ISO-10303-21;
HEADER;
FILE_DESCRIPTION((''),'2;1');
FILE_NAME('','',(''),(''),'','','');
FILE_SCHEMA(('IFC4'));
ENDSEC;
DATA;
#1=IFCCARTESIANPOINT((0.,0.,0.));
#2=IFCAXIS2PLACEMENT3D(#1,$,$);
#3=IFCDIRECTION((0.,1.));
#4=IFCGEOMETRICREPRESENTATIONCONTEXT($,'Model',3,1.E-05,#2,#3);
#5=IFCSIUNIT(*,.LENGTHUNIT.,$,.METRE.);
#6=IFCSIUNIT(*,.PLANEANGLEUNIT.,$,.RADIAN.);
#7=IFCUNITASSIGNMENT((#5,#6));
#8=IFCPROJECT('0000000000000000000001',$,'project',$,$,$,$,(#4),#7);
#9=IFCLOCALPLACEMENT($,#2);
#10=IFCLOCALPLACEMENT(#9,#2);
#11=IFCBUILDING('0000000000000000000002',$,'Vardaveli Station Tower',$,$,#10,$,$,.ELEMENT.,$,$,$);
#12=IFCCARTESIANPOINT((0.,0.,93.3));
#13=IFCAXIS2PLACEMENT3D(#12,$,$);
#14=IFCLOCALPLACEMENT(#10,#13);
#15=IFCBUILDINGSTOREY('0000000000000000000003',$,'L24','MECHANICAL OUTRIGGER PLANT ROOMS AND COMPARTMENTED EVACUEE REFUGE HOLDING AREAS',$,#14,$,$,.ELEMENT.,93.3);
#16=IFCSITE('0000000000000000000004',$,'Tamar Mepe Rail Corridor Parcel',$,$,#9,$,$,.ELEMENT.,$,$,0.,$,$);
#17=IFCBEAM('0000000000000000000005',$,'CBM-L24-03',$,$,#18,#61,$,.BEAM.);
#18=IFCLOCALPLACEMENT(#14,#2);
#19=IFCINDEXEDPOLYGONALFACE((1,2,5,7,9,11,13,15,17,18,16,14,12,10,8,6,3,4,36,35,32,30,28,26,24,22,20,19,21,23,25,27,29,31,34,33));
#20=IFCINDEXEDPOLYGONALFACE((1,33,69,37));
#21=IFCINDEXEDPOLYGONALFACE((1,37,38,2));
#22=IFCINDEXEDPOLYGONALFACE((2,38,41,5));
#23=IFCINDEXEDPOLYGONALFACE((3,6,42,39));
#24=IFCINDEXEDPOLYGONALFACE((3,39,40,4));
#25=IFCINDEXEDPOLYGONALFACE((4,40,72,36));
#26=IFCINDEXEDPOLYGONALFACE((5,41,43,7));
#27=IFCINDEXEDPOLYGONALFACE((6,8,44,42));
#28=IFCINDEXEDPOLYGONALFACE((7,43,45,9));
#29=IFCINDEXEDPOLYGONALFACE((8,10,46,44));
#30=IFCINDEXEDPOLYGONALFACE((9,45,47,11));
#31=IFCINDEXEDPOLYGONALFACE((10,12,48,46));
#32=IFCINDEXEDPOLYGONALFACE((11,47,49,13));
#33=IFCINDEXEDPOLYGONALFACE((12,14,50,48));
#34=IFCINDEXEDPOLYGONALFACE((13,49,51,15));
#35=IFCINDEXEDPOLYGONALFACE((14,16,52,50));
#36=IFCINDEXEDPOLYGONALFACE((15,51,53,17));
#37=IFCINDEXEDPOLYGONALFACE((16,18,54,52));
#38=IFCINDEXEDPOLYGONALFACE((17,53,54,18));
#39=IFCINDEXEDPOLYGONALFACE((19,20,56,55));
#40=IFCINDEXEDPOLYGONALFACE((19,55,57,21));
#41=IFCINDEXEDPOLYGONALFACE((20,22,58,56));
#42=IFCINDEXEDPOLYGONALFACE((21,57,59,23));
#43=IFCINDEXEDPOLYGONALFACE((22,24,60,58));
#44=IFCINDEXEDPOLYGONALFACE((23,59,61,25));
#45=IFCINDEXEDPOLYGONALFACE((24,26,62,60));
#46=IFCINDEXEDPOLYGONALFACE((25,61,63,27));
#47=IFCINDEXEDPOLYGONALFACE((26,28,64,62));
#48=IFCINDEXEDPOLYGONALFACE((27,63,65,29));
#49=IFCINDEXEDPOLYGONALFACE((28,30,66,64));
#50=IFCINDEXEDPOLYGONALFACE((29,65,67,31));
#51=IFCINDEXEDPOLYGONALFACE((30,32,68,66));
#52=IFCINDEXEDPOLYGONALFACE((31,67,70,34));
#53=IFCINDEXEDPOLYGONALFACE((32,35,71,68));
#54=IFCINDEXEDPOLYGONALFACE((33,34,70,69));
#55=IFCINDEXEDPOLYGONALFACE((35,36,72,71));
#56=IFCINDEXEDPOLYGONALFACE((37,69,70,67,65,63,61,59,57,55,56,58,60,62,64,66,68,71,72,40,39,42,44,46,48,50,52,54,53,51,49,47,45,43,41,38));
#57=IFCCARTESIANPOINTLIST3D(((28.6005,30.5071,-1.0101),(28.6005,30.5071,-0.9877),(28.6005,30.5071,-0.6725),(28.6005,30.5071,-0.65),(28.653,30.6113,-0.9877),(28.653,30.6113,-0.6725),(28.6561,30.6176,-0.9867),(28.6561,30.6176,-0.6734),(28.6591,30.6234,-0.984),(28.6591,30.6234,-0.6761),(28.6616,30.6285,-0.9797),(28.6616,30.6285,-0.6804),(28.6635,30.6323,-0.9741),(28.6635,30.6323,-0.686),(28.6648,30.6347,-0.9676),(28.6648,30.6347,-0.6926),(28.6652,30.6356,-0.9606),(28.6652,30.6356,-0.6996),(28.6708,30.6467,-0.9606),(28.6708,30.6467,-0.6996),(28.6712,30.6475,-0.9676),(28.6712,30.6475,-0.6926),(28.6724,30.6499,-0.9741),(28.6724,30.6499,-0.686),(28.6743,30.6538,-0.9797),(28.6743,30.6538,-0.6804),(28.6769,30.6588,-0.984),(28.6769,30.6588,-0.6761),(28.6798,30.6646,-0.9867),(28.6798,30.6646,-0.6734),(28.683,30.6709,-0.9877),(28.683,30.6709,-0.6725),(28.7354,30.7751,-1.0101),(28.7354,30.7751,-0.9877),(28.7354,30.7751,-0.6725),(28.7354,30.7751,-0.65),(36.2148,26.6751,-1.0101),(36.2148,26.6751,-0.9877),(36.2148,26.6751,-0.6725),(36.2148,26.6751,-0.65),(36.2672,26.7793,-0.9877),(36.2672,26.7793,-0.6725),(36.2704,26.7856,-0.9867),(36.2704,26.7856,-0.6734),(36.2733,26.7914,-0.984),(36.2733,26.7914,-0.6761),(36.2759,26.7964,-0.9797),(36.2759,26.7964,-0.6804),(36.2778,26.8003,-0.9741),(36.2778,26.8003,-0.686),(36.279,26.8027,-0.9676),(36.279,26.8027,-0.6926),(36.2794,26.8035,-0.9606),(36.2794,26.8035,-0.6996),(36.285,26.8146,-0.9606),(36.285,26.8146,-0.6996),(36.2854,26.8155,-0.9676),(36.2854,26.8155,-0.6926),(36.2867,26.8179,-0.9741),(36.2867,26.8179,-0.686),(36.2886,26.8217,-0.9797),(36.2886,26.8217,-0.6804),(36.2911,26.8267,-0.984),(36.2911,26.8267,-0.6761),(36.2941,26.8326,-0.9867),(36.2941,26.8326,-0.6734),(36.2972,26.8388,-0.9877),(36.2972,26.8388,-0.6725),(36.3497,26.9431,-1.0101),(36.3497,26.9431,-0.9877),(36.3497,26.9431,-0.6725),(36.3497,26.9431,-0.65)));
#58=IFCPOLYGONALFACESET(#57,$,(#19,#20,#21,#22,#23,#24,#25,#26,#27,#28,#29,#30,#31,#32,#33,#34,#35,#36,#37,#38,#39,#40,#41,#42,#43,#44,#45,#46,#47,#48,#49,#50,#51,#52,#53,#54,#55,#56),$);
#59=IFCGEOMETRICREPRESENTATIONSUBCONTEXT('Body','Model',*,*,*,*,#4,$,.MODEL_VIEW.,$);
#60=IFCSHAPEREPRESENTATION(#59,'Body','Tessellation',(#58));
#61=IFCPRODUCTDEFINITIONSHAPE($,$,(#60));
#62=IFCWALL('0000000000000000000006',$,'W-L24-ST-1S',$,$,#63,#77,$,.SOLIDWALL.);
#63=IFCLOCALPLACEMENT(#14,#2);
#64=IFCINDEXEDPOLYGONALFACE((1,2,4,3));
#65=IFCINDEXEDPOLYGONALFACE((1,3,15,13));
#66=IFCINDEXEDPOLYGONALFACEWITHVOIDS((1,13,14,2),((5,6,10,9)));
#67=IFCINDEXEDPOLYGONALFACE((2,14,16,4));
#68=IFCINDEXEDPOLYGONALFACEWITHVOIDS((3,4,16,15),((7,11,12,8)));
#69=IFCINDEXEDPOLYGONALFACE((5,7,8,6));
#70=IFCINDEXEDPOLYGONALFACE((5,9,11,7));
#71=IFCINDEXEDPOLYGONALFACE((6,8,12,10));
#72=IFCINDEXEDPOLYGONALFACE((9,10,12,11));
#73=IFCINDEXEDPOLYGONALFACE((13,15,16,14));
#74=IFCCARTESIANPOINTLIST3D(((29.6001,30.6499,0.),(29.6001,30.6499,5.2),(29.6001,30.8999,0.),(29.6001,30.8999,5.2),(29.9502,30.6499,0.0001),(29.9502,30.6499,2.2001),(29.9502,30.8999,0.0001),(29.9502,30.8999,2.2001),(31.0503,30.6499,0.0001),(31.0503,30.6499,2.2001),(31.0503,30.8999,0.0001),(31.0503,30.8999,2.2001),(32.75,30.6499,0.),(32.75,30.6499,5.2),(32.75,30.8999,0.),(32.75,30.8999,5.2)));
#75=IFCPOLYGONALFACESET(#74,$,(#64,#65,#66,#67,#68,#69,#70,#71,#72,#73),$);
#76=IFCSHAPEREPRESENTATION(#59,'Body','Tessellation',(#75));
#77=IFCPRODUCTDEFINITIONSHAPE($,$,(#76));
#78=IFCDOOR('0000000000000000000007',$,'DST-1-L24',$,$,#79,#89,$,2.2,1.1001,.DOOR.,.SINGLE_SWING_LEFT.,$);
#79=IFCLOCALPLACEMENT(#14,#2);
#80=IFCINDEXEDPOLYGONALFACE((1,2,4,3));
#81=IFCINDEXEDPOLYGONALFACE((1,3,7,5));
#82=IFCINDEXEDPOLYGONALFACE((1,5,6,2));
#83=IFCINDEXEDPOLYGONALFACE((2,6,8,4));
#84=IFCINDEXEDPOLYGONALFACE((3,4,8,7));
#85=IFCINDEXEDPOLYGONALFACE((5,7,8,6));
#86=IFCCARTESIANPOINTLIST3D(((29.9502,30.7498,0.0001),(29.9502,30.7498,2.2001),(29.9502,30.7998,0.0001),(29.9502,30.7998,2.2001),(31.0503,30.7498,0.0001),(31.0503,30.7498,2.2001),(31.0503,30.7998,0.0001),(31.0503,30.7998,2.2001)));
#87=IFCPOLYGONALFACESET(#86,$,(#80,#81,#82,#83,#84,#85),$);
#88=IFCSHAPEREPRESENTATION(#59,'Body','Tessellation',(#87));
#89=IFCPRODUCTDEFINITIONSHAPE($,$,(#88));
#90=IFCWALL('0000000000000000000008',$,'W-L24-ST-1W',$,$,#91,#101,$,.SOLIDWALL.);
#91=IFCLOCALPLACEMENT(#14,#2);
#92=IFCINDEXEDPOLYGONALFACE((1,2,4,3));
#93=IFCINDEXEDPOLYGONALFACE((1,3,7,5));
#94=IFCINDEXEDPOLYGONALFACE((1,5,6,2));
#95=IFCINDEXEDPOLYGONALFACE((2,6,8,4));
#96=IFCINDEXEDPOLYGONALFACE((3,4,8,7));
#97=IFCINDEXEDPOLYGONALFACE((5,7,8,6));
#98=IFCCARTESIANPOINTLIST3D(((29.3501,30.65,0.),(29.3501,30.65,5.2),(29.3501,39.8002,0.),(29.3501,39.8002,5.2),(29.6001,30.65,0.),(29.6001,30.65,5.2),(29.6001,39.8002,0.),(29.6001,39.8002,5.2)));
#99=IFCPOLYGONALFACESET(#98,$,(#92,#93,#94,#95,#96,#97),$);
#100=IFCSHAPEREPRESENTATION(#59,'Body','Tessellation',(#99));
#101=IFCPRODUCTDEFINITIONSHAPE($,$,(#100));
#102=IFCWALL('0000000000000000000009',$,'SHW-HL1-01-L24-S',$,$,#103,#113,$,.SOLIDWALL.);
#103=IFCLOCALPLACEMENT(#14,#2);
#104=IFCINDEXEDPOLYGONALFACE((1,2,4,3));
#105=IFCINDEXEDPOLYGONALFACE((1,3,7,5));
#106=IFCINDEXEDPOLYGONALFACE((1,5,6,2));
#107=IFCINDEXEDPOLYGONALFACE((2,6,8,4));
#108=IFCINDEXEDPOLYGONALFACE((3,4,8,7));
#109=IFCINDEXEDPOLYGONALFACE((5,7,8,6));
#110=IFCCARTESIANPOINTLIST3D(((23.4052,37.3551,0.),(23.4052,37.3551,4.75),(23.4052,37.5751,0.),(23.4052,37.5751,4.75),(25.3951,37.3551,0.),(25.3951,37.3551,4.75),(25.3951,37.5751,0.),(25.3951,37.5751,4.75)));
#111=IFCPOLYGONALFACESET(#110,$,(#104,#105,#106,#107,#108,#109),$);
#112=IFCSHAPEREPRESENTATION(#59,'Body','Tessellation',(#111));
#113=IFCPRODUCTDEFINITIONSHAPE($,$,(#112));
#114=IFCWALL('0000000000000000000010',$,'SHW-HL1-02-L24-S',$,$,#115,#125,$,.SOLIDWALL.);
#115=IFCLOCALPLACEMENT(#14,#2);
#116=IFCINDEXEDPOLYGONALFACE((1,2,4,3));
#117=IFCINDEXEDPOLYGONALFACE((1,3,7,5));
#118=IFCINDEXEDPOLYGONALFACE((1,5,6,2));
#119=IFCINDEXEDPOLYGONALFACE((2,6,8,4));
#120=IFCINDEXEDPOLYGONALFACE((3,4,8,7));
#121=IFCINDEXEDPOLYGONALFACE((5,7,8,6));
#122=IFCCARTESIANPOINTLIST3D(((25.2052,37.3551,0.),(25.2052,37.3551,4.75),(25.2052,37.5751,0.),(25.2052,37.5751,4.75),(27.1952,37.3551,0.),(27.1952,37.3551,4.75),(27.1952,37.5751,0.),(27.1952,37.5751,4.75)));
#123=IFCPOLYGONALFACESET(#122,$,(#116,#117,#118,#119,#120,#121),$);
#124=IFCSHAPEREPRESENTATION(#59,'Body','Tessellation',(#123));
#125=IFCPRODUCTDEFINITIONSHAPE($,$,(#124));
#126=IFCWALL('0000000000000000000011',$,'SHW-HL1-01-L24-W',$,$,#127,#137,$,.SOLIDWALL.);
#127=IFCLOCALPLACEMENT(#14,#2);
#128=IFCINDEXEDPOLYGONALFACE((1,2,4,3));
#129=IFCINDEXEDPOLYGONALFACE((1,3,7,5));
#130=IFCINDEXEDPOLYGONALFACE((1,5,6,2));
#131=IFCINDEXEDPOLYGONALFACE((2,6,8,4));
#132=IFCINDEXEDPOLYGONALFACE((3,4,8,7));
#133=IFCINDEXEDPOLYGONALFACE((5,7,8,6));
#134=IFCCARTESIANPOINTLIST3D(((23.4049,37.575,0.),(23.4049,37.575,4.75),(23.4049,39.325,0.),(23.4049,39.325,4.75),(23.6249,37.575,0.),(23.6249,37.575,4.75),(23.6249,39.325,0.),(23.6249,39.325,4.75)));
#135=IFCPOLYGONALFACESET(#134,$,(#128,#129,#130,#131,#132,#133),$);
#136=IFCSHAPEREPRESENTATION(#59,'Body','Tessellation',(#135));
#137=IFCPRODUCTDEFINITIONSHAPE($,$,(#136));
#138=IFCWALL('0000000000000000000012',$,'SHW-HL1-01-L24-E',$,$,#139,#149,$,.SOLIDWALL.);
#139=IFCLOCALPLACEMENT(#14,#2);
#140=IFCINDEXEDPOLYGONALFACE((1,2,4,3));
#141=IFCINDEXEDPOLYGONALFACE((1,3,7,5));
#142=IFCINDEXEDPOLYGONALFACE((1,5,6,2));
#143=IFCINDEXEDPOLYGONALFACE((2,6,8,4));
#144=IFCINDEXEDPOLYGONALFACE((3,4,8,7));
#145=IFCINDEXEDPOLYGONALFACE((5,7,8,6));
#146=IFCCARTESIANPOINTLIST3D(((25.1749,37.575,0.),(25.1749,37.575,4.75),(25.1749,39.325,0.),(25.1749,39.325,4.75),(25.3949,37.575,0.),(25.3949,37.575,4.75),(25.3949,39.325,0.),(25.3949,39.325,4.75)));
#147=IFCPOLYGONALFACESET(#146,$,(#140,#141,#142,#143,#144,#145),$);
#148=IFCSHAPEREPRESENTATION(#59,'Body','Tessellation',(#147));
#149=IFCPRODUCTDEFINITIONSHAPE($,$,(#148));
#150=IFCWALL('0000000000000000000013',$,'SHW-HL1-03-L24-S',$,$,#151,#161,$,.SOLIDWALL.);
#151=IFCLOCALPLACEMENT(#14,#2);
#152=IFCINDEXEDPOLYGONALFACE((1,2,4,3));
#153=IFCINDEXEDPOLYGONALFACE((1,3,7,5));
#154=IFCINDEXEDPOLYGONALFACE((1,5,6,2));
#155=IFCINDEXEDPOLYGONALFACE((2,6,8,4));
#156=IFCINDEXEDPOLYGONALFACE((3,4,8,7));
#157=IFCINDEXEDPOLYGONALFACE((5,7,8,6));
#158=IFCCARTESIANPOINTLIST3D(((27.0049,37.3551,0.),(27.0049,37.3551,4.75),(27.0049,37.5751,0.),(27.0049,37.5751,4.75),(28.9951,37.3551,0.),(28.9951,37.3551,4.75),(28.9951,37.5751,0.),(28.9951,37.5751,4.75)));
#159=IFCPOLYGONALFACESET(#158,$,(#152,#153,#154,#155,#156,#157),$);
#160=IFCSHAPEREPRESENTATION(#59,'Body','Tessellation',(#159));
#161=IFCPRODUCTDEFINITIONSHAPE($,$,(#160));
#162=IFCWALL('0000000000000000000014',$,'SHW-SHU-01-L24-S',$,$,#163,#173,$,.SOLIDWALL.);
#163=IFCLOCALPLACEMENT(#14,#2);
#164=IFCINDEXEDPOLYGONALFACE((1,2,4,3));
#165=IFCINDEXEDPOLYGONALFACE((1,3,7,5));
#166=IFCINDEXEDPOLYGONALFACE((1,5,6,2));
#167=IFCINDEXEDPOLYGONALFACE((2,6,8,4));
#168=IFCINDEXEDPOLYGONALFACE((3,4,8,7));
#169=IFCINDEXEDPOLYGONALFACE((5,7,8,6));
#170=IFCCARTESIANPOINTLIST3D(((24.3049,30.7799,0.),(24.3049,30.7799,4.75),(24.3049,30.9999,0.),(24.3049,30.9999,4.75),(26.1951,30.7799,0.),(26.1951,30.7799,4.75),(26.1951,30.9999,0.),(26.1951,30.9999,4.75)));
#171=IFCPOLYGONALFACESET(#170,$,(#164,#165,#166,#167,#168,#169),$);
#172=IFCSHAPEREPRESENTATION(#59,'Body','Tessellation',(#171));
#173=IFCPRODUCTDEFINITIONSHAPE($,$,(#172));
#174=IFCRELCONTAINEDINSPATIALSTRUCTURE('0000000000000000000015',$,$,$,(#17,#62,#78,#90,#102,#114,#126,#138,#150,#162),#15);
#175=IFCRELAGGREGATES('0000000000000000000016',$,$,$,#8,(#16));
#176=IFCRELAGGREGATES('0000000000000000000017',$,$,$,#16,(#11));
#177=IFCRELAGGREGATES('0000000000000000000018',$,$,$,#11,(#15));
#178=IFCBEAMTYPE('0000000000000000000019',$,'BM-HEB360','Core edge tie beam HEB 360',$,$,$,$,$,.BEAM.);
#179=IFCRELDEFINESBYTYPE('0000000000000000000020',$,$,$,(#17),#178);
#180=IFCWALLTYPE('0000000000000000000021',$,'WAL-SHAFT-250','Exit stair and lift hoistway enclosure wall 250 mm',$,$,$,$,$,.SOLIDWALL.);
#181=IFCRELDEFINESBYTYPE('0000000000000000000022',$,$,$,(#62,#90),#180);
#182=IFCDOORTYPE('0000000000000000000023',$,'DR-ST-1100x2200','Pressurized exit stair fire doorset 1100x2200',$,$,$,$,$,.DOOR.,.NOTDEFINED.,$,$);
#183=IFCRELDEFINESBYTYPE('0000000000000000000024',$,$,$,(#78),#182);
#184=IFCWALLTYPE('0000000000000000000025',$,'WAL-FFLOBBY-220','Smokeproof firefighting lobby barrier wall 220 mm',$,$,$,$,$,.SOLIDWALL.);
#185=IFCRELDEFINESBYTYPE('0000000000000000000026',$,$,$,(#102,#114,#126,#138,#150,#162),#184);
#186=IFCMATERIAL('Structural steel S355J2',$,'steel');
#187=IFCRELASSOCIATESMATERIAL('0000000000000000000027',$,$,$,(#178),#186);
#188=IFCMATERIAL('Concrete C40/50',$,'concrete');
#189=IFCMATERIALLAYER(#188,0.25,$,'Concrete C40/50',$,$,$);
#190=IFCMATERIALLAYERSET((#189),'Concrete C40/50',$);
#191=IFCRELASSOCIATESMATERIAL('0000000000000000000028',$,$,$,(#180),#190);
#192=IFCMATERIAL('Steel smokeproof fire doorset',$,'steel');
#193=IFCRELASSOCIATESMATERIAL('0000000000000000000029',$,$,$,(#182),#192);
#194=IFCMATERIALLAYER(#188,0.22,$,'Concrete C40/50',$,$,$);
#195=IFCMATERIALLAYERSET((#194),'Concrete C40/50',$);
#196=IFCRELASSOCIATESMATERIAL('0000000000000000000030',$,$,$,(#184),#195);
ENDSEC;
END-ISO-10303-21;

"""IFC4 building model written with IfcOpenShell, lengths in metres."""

from ifc_helpers import new_model, si_unit, direction, frame, frame_2d, origin, origin_2d, place, context, subcontext, project, spatial, rectangle, i_section, extrude, source, transform, mapped, material, layer, layer_set, material_profile, profile_set, type_object, element, fill, save


model = new_model("IFC4")

# Units and contexts
model_context = context("Model", 3, precision=1e-05, world=origin(), true_north=direction((0.0, 1.0)))
body_context = subcontext(model_context, "Body", "Model", "MODEL_VIEW")
ifc_project = project(units=[si_unit("LENGTHUNIT", "METRE"), si_unit("PLANEANGLEUNIT", "RADIAN")], contexts=[model_context])

# Site, building, storey
site_placement = place(None, origin())
site = spatial("IfcSite", under=ifc_project, at=site_placement, Name="Tamar Mepe Rail Corridor Parcel", CompositionType="ELEMENT", RefElevation=0.0)
building_placement = place(site_placement, origin())
building = spatial("IfcBuilding", under=site, at=building_placement, Name="Vardaveli Station Tower", CompositionType="ELEMENT")
storey_placement = place(building_placement, frame((0.0, 0.0, 93.3)))
storey = spatial("IfcBuildingStorey", under=building, at=storey_placement, Name="L24", Description="MECHANICAL OUTRIGGER PLANT ROOMS AND COMPARTMENTED EVACUEE REFUGE HOLDING AREAS", CompositionType="ELEMENT", Elevation=93.3)

# Beam
ifc_material_1 = material(Name="Structural steel S355J2", Category="steel")
ifc_material_profile_1 = material_profile(ifc_material_1, i_section(OverallWidth=0.3, OverallDepth=0.3601, WebThickness=0.0125, FlangeThickness=0.0225, FilletRadius=0.0271, at=origin_2d()), Name="HEB 360")
ifc_profile_set_1 = profile_set([ifc_material_profile_1], Name="Structural steel S355J2")
beam_type_1 = type_object("IfcBeamType", Name="BM-HEB360", Description="Core edge tie beam HEB 360", PredefinedType="BEAM", material=ifc_profile_set_1)
shared_shape_1 = source(origin(), body_context, "Body", "SweptSolid", [
    extrude(i_section(OverallWidth=0.3, OverallDepth=0.3601, WebThickness=0.0125, FlangeThickness=0.0225, FilletRadius=0.0271, at=origin_2d()), origin(), (0.0, 0.0, 1.0), 8.5242),
])
beam_1_placement = place(storey_placement, frame((28.668, 30.6411, -0.8301), z_axis=(0.893256, -0.449549, 0.0), x_axis=(0.449549, 0.893256, 0.0)))
element("IfcBeam", 1, at=beam_1_placement, inside=storey, type_object=beam_type_1, Name="CBM-L24-03", PredefinedType="BEAM", context=body_context, shape_type="MappedRepresentation", body=[
    mapped(shared_shape_1, transform((0.0, 0.0, 0.0), scale=1.0)),
])

# Wall, opening, door
ifc_material_2 = material(Name="Concrete C40/50", Category="concrete")
ifc_layer_1 = layer(ifc_material_2, 0.25, Name="Concrete C40/50")
ifc_layer_set_1 = layer_set([ifc_layer_1], Name="Concrete C40/50")
wall_type_1 = type_object("IfcWallType", Name="WAL-SHAFT-250", Description="Exit stair and lift hoistway enclosure wall 250 mm", PredefinedType="SOLIDWALL", material=ifc_layer_set_1)
shared_shape_2 = source(origin(), body_context, "Body", "SweptSolid", [
    extrude(rectangle(XDim=3.1499, YDim=0.25, at=frame_2d((1.575, 0.0))), origin(), (0.0, 0.0, 1.0), 5.2),
])
wall_1_placement = place(storey_placement, frame((29.6001, 30.7749, 0.0), z_axis=(0.0, 0.0, 1.0), x_axis=(1.0, 0.0, 0.0)))
wall_1 = element("IfcWall", 2, at=wall_1_placement, inside=storey, type_object=wall_type_1, Name="W-L24-ST-1S", PredefinedType="SOLIDWALL", context=body_context, shape_type="MappedRepresentation", body=[
    mapped(shared_shape_2, transform((0.0, 0.0, 0.0), scale=1.0)),
])
shared_shape_3 = source(origin(), body_context, "Body", "SweptSolid", [
    extrude(rectangle(XDim=1.1001, YDim=2.2, at=frame_2d((0.55, 1.1001))), frame((0.0, 0.135, 0.0), z_axis=(0.0, -1.0, 0.0), x_axis=(1.0, 0.0, 0.0)), (0.0, 0.0, 1.0), 0.27),
])
opening_placement = place(wall_1_placement, frame((0.3501, 0.0, 0.0)))
opening = element("IfcOpeningElement", 3, at=opening_placement, cuts=wall_1, PredefinedType="OPENING", context=body_context, shape_type="MappedRepresentation", body=[
    mapped(shared_shape_3, transform((0.0, 0.0, 0.0), scale=1.0)),
])
ifc_material_3 = material(Name="Steel smokeproof fire doorset", Category="steel")
door_type = type_object("IfcDoorType", Name="DR-ST-1100x2200", Description="Pressurized exit stair fire doorset 1100x2200", OperationType="NOTDEFINED", PredefinedType="DOOR", material=ifc_material_3)
shared_shape_4 = source(origin(), body_context, "Body", "SweptSolid", [
    extrude(rectangle(XDim=1.1001, YDim=2.2, at=frame_2d((0.55, 1.1001))), frame((0.0, 0.0249, 0.0), z_axis=(0.0, -1.0, 0.0), x_axis=(1.0, 0.0, 0.0)), (0.0, 0.0, 1.0), 0.05),
])
door_placement = place(opening_placement, origin())
door = element("IfcDoor", 4, at=door_placement, inside=storey, type_object=door_type, Name="DST-1-L24", OperationType="SINGLE_SWING_LEFT", OverallHeight=2.2, OverallWidth=1.1001, PredefinedType="DOOR", context=body_context, shape_type="MappedRepresentation", body=[
    mapped(shared_shape_4, transform((0.0, 0.0, 0.0), scale=1.0)),
])
fill(opening, door)

# Walls
shared_shape_5 = source(origin(), body_context, "Body", "SweptSolid", [
    extrude(rectangle(XDim=9.1501, YDim=0.25, at=frame_2d((4.5752, 0.0))), origin(), (0.0, 0.0, 1.0), 5.2),
])
wall_2_placement = place(storey_placement, frame((29.4751, 30.6499, 0.0), z_axis=(0.0, 0.0, 1.0), x_axis=(0.0, 1.0, 0.0)))
element("IfcWall", 5, at=wall_2_placement, inside=storey, type_object=wall_type_1, Name="W-L24-ST-1W", PredefinedType="SOLIDWALL", context=body_context, shape_type="MappedRepresentation", body=[
    mapped(shared_shape_5, transform((0.0, 0.0, 0.0), scale=1.0)),
])
ifc_layer_2 = layer(ifc_material_2, 0.22, Name="Concrete C40/50")
ifc_layer_set_2 = layer_set([ifc_layer_2], Name="Concrete C40/50")
wall_type_2 = type_object("IfcWallType", Name="WAL-FFLOBBY-220", Description="Smokeproof firefighting lobby barrier wall 220 mm", PredefinedType="SOLIDWALL", material=ifc_layer_set_2)
shared_shape_6 = source(origin(), body_context, "Body", "SweptSolid", [
    extrude(rectangle(XDim=1.99, YDim=0.22, at=frame_2d((0.9951, 0.0))), origin(), (0.0, 0.0, 1.0), 4.75),
])
for number, where, z_axis, x_axis, name in (
    (6, (23.405, 37.4651, 0.0), (0.0, 0.0, 1.0), (1.0, 0.0, 0.0), "SHW-HL1-01-L24-S"),
    (7, (25.2051, 37.4651, 0.0), (0.0, 0.0, 1.0), (1.0, 0.0, 0.0), "SHW-HL1-02-L24-S"),
):
    element("IfcWall", number, at=place(storey_placement, frame(where, z_axis=z_axis, x_axis=x_axis)), inside=storey, type_object=wall_type_2, Name=name, PredefinedType="SOLIDWALL", context=body_context, shape_type="MappedRepresentation", body=[
        mapped(shared_shape_6, transform((0.0, 0.0, 0.0), scale=1.0)),
    ])
shared_shape_7 = source(origin(), body_context, "Body", "SweptSolid", [
    extrude(rectangle(XDim=1.75, YDim=0.22, at=frame_2d((0.875, 0.0))), origin(), (0.0, 0.0, 1.0), 4.75),
])
for number, where, z_axis, x_axis, name in (
    (8, (23.5149, 37.575, 0.0), (0.0, 0.0, 1.0), (0.0, 1.0, 0.0), "SHW-HL1-01-L24-W"),
    (9, (25.2849, 37.575, 0.0), (0.0, 0.0, 1.0), (0.0, 1.0, 0.0), "SHW-HL1-01-L24-E"),
):
    element("IfcWall", number, at=place(storey_placement, frame(where, z_axis=z_axis, x_axis=x_axis)), inside=storey, type_object=wall_type_2, Name=name, PredefinedType="SOLIDWALL", context=body_context, shape_type="MappedRepresentation", body=[
        mapped(shared_shape_7, transform((0.0, 0.0, 0.0), scale=1.0)),
    ])
shared_shape_8 = source(origin(), body_context, "Body", "SweptSolid", [
    extrude(rectangle(XDim=1.9902, YDim=0.22, at=frame_2d((0.9951, 0.0))), origin(), (0.0, 0.0, 1.0), 4.75),
])
wall_3_placement = place(storey_placement, frame((27.0049, 37.4651, 0.0), z_axis=(0.0, 0.0, 1.0), x_axis=(1.0, 0.0, 0.0)))
element("IfcWall", 10, at=wall_3_placement, inside=storey, type_object=wall_type_2, Name="SHW-HL1-03-L24-S", PredefinedType="SOLIDWALL", context=body_context, shape_type="MappedRepresentation", body=[
    mapped(shared_shape_8, transform((0.0, 0.0, 0.0), scale=1.0)),
])
shared_shape_9 = source(origin(), body_context, "Body", "SweptSolid", [
    extrude(rectangle(XDim=1.8901, YDim=0.22, at=frame_2d((0.9451, 0.0))), origin(), (0.0, 0.0, 1.0), 4.75),
])
for number, where, z_axis, x_axis, name in (
    (11, (24.3049, 30.8899, 0.0), (0.0, 0.0, 1.0), (1.0, 0.0, 0.0), "SHW-SHU-01-L24-S"),
):
    element("IfcWall", number, at=place(storey_placement, frame(where, z_axis=z_axis, x_axis=x_axis)), inside=storey, type_object=wall_type_2, Name=name, PredefinedType="SOLIDWALL", context=body_context, shape_type="MappedRepresentation", body=[
        mapped(shared_shape_9, transform((0.0, 0.0, 0.0), scale=1.0)),
    ])

save(model, "model.ifc")
